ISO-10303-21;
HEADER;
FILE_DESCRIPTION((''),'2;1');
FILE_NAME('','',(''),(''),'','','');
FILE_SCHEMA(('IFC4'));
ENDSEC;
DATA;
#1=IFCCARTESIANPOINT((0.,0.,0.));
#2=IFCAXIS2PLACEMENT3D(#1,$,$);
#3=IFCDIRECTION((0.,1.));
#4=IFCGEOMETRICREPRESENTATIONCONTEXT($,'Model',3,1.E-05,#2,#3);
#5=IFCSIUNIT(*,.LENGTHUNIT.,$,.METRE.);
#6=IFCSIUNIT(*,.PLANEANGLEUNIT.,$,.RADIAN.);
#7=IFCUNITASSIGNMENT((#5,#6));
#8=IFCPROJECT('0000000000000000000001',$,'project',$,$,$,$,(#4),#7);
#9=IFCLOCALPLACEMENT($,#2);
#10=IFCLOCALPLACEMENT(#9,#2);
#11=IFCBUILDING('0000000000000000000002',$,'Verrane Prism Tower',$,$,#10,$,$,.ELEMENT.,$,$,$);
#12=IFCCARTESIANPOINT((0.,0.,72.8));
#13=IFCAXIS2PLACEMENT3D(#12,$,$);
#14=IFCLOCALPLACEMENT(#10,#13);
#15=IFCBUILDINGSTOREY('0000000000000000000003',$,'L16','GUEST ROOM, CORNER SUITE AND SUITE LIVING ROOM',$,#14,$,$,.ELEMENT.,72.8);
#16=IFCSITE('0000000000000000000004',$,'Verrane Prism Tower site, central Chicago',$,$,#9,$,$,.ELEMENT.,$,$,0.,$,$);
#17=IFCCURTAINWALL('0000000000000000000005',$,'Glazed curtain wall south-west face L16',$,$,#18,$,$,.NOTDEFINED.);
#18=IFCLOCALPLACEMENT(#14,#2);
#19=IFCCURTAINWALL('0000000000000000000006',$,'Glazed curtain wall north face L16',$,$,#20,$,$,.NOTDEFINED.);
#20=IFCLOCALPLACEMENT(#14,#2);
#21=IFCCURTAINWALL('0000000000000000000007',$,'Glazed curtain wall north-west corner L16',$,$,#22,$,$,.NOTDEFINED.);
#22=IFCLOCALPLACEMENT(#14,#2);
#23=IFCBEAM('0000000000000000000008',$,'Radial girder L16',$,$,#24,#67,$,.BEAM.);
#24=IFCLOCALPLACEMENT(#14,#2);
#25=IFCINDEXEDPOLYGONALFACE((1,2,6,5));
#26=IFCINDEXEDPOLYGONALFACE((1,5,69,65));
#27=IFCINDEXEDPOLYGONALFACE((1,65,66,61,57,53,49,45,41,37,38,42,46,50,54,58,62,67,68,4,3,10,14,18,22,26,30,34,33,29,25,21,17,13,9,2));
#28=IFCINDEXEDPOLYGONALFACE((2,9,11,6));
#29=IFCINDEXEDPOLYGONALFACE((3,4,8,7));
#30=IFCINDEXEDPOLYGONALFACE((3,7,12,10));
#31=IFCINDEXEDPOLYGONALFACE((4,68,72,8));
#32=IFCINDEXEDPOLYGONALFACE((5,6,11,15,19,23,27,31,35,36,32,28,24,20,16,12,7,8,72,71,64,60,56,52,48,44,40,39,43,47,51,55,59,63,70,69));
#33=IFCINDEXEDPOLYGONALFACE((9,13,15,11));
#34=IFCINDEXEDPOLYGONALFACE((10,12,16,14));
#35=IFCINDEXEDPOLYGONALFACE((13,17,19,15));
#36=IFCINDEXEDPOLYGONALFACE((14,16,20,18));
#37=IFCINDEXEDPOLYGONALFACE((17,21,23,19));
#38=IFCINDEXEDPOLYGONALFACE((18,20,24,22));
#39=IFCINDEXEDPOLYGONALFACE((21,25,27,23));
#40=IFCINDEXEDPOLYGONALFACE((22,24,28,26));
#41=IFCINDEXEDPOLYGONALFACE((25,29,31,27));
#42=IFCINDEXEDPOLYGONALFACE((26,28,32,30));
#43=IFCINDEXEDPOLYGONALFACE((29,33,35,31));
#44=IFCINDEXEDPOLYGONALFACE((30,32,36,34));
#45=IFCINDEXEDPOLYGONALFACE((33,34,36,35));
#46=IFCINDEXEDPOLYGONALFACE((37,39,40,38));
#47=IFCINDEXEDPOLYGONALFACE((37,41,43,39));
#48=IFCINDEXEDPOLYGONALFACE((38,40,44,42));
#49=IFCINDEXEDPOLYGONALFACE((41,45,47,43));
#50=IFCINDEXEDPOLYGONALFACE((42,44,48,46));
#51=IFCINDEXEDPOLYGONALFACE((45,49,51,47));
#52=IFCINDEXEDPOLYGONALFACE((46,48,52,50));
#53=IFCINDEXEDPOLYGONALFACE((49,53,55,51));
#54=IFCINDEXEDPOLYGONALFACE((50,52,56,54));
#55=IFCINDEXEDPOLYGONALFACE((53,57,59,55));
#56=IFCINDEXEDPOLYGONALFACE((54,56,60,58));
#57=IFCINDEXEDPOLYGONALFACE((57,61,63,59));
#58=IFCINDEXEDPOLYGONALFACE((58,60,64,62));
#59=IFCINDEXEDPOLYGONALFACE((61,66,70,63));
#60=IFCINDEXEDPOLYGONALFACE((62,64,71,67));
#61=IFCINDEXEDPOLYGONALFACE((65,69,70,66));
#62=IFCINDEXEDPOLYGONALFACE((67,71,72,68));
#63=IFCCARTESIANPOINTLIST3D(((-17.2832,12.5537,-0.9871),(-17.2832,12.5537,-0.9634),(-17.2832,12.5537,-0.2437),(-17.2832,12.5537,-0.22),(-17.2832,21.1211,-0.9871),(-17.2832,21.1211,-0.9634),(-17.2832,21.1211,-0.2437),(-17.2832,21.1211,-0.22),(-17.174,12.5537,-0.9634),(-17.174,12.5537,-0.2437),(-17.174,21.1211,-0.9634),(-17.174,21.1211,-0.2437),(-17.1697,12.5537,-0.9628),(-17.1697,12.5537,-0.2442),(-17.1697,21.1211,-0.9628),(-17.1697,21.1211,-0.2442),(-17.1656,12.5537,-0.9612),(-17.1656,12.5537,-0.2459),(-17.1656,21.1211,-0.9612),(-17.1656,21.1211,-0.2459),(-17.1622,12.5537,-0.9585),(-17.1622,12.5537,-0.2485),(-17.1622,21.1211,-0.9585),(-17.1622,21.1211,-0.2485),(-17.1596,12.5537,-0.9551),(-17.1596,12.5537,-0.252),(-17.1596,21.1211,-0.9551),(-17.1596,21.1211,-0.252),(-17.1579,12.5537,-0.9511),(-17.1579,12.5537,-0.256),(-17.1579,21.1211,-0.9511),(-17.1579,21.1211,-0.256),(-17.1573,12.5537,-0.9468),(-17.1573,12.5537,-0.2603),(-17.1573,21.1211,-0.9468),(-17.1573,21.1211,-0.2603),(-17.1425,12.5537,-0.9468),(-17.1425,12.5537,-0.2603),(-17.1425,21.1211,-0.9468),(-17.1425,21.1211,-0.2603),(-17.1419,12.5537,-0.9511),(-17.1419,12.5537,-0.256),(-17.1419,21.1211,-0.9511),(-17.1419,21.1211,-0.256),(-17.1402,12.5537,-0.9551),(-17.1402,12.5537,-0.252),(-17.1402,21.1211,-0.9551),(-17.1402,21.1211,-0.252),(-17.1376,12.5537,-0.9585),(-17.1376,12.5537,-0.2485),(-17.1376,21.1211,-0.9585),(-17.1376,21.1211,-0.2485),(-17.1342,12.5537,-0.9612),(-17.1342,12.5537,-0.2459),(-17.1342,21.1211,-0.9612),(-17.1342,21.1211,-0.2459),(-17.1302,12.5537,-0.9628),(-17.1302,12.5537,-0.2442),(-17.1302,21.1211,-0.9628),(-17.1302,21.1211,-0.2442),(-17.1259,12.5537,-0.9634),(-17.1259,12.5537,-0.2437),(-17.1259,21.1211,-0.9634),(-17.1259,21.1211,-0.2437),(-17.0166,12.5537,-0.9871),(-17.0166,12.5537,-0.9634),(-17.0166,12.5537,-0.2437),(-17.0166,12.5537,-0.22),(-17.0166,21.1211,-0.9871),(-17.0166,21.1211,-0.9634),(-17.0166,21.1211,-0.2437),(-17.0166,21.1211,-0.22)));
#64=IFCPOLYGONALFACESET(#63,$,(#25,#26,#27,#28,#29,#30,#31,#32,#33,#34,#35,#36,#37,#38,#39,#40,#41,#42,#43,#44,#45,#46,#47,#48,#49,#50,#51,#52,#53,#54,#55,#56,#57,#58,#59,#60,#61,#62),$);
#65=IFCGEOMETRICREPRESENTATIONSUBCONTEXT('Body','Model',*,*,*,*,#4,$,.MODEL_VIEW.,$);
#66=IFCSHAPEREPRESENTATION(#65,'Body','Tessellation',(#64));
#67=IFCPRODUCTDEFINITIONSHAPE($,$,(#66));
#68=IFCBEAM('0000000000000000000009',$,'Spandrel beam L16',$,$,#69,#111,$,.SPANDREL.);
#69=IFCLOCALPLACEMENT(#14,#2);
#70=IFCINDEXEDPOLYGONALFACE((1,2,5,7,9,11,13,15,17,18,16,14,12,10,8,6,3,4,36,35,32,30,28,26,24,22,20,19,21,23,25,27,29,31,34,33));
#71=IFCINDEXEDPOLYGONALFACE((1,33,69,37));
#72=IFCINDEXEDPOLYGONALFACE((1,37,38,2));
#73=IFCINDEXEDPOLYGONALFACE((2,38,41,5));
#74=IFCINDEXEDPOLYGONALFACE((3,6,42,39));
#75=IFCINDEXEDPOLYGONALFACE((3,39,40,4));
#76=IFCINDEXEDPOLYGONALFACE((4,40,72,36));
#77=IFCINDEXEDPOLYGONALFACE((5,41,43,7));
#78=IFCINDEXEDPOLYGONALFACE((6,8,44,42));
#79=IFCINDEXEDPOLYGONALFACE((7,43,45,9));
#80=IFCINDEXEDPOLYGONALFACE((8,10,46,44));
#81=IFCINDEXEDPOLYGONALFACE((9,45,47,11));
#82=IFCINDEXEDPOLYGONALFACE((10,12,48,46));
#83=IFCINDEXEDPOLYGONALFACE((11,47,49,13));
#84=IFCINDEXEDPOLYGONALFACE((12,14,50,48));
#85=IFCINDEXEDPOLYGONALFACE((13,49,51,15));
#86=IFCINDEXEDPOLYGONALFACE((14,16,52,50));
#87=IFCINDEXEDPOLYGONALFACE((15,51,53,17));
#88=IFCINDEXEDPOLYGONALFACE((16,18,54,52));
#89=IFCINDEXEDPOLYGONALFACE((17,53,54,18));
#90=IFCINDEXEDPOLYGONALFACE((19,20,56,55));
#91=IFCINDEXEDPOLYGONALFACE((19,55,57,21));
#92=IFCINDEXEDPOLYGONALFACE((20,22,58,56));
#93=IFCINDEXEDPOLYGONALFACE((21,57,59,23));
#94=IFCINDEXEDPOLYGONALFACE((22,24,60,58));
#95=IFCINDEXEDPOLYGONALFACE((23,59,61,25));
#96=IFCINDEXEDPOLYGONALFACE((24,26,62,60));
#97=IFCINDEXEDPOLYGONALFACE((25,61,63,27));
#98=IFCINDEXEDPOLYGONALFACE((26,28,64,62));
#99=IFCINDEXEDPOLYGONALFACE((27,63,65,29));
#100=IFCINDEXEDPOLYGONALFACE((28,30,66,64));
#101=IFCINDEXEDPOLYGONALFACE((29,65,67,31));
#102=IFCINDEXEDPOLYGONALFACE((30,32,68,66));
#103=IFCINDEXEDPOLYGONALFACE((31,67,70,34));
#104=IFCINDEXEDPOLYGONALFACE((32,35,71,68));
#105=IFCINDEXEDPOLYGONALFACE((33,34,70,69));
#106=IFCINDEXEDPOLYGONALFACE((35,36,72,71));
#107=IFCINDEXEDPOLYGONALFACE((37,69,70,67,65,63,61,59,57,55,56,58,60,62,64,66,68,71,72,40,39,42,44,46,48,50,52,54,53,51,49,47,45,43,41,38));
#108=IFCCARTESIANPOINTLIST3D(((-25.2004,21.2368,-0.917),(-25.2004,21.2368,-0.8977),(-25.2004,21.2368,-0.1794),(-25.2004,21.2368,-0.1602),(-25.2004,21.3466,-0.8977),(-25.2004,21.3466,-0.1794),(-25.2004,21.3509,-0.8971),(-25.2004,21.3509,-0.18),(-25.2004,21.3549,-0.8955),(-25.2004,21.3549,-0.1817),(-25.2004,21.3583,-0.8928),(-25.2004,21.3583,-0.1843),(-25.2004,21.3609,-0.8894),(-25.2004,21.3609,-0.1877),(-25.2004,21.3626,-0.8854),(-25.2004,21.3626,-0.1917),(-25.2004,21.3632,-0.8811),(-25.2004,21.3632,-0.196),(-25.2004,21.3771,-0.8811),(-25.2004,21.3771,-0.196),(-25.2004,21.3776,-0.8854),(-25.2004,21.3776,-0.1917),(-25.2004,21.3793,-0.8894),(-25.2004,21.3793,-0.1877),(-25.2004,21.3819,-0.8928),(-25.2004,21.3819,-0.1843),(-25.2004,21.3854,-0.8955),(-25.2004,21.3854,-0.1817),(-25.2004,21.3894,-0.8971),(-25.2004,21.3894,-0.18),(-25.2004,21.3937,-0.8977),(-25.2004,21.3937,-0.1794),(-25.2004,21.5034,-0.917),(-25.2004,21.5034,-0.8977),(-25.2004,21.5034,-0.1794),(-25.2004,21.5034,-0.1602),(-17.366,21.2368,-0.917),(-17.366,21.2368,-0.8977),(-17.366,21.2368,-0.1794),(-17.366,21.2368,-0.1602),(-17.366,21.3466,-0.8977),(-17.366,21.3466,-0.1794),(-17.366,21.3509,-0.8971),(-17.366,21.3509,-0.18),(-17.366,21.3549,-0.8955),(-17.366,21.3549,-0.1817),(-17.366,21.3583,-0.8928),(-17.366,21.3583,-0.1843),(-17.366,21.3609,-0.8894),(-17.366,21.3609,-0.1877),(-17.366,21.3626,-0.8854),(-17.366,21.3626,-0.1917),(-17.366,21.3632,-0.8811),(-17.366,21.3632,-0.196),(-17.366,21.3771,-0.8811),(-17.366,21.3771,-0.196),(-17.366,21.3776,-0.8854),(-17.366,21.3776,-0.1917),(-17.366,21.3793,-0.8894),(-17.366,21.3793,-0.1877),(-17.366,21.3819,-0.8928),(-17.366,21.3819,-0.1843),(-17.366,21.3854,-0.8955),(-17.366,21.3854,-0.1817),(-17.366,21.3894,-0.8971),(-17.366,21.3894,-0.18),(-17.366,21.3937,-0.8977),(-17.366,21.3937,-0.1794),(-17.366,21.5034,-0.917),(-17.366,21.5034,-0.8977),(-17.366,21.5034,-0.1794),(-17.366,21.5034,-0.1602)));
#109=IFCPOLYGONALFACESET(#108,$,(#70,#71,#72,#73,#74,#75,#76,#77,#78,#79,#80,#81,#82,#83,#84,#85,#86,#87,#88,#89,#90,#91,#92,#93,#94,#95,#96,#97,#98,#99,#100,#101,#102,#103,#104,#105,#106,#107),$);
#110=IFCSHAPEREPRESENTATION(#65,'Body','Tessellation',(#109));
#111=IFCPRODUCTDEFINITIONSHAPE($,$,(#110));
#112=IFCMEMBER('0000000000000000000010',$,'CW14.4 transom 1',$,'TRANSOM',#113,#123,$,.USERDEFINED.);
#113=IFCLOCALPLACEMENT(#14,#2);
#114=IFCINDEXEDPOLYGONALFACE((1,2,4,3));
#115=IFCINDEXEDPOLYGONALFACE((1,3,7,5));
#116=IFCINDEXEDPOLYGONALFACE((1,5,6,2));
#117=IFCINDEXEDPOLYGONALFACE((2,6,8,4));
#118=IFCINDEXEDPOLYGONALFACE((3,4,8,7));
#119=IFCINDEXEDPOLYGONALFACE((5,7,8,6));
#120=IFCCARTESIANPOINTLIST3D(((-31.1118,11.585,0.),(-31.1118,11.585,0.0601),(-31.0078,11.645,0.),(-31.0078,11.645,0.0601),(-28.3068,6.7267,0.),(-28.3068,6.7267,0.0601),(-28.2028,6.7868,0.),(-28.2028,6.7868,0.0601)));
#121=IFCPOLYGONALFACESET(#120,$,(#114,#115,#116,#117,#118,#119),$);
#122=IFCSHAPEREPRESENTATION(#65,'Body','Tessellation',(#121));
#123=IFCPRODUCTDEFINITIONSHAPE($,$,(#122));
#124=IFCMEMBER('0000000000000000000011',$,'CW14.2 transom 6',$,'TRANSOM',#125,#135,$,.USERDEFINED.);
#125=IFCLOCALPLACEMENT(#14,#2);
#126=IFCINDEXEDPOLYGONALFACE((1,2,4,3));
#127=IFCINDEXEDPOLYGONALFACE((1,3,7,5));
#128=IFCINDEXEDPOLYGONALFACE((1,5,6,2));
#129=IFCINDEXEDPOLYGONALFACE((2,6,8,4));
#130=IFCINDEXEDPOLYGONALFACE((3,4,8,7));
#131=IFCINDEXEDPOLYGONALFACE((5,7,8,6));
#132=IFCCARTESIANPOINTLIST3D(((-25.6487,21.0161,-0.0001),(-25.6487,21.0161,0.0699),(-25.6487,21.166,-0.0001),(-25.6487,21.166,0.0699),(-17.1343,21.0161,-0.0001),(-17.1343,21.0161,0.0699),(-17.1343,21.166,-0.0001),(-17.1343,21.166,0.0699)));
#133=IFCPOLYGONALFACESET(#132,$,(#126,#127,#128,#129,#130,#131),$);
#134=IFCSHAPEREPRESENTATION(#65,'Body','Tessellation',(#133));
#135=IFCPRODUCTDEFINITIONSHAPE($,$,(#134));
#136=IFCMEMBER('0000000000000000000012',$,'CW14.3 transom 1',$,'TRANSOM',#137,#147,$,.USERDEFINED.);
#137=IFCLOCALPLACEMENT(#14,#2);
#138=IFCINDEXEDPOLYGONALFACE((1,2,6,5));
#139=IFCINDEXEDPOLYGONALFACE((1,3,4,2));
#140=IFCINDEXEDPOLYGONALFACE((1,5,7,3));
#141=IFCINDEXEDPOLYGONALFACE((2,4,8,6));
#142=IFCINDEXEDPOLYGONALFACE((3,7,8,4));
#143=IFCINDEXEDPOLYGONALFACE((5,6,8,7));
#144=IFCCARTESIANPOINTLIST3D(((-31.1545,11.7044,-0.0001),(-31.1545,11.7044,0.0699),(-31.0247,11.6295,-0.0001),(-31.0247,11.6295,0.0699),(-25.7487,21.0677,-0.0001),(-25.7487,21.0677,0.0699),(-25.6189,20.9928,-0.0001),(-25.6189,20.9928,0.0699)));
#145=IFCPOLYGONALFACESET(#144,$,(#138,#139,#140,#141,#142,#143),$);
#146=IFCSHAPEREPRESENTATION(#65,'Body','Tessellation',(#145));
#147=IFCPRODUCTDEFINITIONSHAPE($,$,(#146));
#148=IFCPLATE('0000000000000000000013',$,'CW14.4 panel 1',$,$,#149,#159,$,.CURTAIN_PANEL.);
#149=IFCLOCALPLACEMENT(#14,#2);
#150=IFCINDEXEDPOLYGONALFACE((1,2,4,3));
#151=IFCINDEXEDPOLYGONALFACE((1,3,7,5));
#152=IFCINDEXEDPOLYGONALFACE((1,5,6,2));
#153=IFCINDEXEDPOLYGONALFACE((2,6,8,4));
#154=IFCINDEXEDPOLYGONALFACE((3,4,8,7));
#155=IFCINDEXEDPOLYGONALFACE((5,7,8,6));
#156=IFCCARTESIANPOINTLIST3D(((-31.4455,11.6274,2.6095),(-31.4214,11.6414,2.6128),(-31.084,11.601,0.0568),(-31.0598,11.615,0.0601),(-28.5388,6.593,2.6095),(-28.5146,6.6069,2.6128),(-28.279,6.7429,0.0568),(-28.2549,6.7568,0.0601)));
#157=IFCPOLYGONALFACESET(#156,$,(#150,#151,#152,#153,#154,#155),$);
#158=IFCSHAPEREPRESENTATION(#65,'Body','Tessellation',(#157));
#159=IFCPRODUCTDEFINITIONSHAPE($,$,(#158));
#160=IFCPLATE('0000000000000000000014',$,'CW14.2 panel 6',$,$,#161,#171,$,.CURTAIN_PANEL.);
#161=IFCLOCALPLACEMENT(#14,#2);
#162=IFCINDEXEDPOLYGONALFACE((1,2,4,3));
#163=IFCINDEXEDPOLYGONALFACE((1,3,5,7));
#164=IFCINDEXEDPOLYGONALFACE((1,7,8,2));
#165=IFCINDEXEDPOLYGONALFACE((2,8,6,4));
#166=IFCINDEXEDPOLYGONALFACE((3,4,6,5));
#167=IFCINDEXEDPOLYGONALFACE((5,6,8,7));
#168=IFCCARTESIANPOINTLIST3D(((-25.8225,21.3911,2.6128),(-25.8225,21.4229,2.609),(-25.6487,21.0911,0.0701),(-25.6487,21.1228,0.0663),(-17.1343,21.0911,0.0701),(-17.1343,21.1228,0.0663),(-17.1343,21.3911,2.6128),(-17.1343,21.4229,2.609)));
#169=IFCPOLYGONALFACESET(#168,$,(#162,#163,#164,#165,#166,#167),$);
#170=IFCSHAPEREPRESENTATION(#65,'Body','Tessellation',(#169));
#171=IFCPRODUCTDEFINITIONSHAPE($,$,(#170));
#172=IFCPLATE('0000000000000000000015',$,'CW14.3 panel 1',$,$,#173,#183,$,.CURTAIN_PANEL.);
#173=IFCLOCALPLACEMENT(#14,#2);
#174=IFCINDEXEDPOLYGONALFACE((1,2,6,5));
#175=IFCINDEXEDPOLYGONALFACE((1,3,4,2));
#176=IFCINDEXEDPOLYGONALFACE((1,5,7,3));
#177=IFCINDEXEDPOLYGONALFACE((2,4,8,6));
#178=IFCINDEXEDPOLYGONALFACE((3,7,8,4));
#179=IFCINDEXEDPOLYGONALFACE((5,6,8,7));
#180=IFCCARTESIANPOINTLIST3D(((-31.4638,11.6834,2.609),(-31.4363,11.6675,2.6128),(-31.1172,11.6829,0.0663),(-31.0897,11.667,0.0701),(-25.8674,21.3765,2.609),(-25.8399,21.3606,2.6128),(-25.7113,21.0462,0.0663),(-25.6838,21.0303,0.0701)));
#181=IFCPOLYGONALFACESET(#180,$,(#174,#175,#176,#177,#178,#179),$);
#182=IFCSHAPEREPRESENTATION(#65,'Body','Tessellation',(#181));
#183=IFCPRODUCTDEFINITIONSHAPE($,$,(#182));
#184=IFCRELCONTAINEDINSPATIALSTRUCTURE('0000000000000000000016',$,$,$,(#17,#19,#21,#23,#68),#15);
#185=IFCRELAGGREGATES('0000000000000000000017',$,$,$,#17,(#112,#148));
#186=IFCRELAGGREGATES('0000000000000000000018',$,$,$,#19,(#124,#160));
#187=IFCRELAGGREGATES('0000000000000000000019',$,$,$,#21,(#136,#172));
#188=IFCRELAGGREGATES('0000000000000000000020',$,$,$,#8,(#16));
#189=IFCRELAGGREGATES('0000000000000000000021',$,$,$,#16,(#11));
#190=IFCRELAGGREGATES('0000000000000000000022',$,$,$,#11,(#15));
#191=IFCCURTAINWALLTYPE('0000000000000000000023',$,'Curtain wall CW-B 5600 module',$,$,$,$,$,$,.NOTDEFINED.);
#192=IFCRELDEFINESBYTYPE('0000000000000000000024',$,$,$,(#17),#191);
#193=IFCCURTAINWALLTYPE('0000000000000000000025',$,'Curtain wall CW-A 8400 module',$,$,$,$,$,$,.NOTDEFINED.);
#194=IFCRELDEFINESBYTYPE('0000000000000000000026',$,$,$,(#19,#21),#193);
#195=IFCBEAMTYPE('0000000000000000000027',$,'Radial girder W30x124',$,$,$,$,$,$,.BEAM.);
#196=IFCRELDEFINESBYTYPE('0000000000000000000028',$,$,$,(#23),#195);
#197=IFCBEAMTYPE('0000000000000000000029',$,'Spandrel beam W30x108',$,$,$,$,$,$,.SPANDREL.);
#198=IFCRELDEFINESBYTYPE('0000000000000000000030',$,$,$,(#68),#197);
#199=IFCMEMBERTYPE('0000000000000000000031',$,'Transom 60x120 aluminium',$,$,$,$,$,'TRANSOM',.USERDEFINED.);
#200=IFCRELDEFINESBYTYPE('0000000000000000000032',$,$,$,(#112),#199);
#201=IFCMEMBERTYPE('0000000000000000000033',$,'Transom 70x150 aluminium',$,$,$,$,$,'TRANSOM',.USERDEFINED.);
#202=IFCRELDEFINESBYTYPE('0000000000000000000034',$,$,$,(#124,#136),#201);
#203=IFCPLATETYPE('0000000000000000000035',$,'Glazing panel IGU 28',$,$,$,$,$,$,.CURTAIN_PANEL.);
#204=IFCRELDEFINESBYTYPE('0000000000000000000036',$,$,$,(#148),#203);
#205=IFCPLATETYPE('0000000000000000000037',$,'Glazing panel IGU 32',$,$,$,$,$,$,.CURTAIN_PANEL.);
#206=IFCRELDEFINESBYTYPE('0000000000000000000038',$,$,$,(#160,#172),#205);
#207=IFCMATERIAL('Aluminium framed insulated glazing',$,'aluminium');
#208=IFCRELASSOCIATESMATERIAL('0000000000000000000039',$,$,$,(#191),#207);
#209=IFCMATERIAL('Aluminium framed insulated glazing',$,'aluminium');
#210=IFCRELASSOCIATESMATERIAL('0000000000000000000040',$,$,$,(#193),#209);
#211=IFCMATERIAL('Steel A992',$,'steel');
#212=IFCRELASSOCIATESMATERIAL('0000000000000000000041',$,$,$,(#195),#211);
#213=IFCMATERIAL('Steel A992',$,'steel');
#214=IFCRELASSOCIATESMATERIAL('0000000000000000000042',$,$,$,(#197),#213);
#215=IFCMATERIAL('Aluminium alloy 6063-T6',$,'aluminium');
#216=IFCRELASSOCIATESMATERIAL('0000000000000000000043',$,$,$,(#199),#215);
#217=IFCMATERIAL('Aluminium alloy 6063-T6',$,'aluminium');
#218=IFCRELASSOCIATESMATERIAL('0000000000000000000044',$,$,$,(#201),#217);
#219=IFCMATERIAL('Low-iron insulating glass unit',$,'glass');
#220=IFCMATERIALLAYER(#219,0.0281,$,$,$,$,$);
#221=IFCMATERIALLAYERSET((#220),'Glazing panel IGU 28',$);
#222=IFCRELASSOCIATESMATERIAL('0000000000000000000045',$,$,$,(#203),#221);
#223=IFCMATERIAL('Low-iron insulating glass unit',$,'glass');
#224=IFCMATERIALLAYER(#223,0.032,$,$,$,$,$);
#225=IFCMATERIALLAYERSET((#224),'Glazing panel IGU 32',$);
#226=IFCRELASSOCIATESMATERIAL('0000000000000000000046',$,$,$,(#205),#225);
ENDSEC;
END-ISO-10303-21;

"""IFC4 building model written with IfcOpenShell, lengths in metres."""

from ifc_helpers import new_model, si_unit, direction, frame, origin, origin_2d, place, context, subcontext, project, spatial, polyline, rectangle, i_section, outline, extrude, material, layer, layer_set, material_profile, profile_set, type_object, element, aggregate, save


model = new_model("IFC4")

# Units and contexts
model_context = context("Model", 3, precision=1e-05, world=origin(), true_north=direction((0.0, 1.0)))
body_context = subcontext(model_context, "Body", "Model", "MODEL_VIEW")
ifc_project = project(units=[si_unit("LENGTHUNIT", "METRE"), si_unit("PLANEANGLEUNIT", "RADIAN")], contexts=[model_context])

# Site, building, storey
site_placement = place(None, origin())
site = spatial("IfcSite", under=ifc_project, at=site_placement, Name="Verrane Prism Tower site, central Chicago", CompositionType="ELEMENT", RefElevation=0.0)
building_placement = place(site_placement, origin())
building = spatial("IfcBuilding", under=site, at=building_placement, Name="Verrane Prism Tower", CompositionType="ELEMENT")
storey_placement = place(building_placement, frame((0.0, 0.0, 72.8)))
storey = spatial("IfcBuildingStorey", under=building, at=storey_placement, Name="L16", Description="GUEST ROOM, CORNER SUITE AND SUITE LIVING ROOM", CompositionType="ELEMENT", Elevation=72.8)

# Curtain walls
ifc_material_1 = material(Name="Aluminium framed insulated glazing", Category="aluminium")
curtain_wall_type_1 = type_object("IfcCurtainWallType", Name="Curtain wall CW-B 5600 module", PredefinedType="NOTDEFINED", material=ifc_material_1)
curtain_wall_1_placement = place(storey_placement, origin())
curtain_wall_1 = element("IfcCurtainWall", 1, at=curtain_wall_1_placement, inside=storey, type_object=curtain_wall_type_1, Name="Glazed curtain wall south-west face L16", PredefinedType="NOTDEFINED")
ifc_material_2 = material(Name="Aluminium framed insulated glazing", Category="aluminium")
curtain_wall_type_2 = type_object("IfcCurtainWallType", Name="Curtain wall CW-A 8400 module", PredefinedType="NOTDEFINED", material=ifc_material_2)
curtain_wall_2_placement = place(storey_placement, origin())
curtain_wall_2 = element("IfcCurtainWall", 2, at=curtain_wall_2_placement, inside=storey, type_object=curtain_wall_type_2, Name="Glazed curtain wall north face L16", PredefinedType="NOTDEFINED")
curtain_wall_3_placement = place(storey_placement, origin())
curtain_wall_3 = element("IfcCurtainWall", 3, at=curtain_wall_3_placement, inside=storey, type_object=curtain_wall_type_2, Name="Glazed curtain wall north-west corner L16", PredefinedType="NOTDEFINED")

# Beams
ifc_material_3 = material(Name="Steel A992", Category="steel")
ifc_material_profile_1 = material_profile(ifc_material_3, i_section(OverallWidth=0.2666, OverallDepth=0.7671, WebThickness=0.0149, FlangeThickness=0.0237, FilletRadius=0.0166, at=origin_2d()), Name="W30x124")
ifc_profile_set_1 = profile_set([ifc_material_profile_1], Name="Steel A992")
beam_type_1 = type_object("IfcBeamType", Name="Radial girder W30x124", PredefinedType="BEAM", material=ifc_profile_set_1)
beam_1_placement = place(storey_placement, frame((-17.1499, 21.1211, -0.6035), z_axis=(0.0, -1.0, 0.0), x_axis=(1.0, 0.0, 0.0)))
element("IfcBeam", 4, at=beam_1_placement, inside=storey, type_object=beam_type_1, Name="Radial girder L16", PredefinedType="BEAM", context=body_context, shape_type="SweptSolid", body=[
    extrude(i_section(OverallWidth=0.2666, OverallDepth=0.7671, WebThickness=0.0149, FlangeThickness=0.0237, FilletRadius=0.0166, at=origin_2d()), origin(), (0.0, 0.0, 1.0), 8.5674),
])
ifc_material_4 = material(Name="Steel A992", Category="steel")
ifc_material_profile_2 = material_profile(ifc_material_4, i_section(OverallWidth=0.2666, OverallDepth=0.7568, WebThickness=0.0139, FlangeThickness=0.0193, FilletRadius=0.0166, at=origin_2d()), Name="W30x108")
ifc_profile_set_2 = profile_set([ifc_material_profile_2], Name="Steel A992")
beam_type_2 = type_object("IfcBeamType", Name="Spandrel beam W30x108", PredefinedType="SPANDREL", material=ifc_profile_set_2)
beam_2_placement = place(storey_placement, frame((-17.366, 21.3701, -0.5386), z_axis=(-1.0, 0.0, 0.0), x_axis=(0.0, -1.0, 0.0)))
element("IfcBeam", 5, at=beam_2_placement, inside=storey, type_object=beam_type_2, Name="Spandrel beam L16", PredefinedType="SPANDREL", context=body_context, shape_type="SweptSolid", body=[
    extrude(i_section(OverallWidth=0.2666, OverallDepth=0.7568, WebThickness=0.0139, FlangeThickness=0.0193, FilletRadius=0.0166, at=origin_2d()), origin(), (0.0, 0.0, 1.0), 7.8345),
])

# Members
ifc_material_5 = material(Name="Aluminium alloy 6063-T6", Category="aluminium")
ifc_material_profile_3 = material_profile(ifc_material_5, rectangle(XDim=0.1201, YDim=0.0601, at=origin_2d()), Name="Transom 60x120 aluminium")
ifc_profile_set_3 = profile_set([ifc_material_profile_3], Name="Aluminium alloy 6063-T6")
member_type_1 = type_object("IfcMemberType", Name="Transom 60x120 aluminium", ElementType="TRANSOM", PredefinedType="USERDEFINED", material=ifc_profile_set_3)
member_1_placement = place(storey_placement, frame((-31.0598, 11.615, 0.03), z_axis=(0.50001, -0.86602, 0.0), x_axis=(0.86602, 0.50001, 0.0)))
member_1 = element("IfcMember", 6, at=member_1_placement, type_object=member_type_1, Name="CW14.4 transom 1", ObjectType="TRANSOM", PredefinedType="USERDEFINED", context=body_context, shape_type="SweptSolid", body=[
    extrude(rectangle(XDim=0.1201, YDim=0.0601, at=origin_2d()), origin(), (0.0, 0.0, 1.0), 5.6099),
])
ifc_material_6 = material(Name="Aluminium alloy 6063-T6", Category="aluminium")
ifc_material_profile_4 = material_profile(ifc_material_6, rectangle(XDim=0.1499, YDim=0.0701, at=origin_2d()), Name="Transom 70x150 aluminium")
ifc_profile_set_4 = profile_set([ifc_material_profile_4], Name="Aluminium alloy 6063-T6")
member_type_2 = type_object("IfcMemberType", Name="Transom 70x150 aluminium", ElementType="TRANSOM", PredefinedType="USERDEFINED", material=ifc_profile_set_4)
member_2_placement = place(storey_placement, frame((-17.1343, 21.0911, 0.0349), z_axis=(-1.0, 0.0, 0.0), x_axis=(0.0, -1.0, 0.0)))
member_2 = element("IfcMember", 7, at=member_2_placement, type_object=member_type_2, Name="CW14.2 transom 6", ObjectType="TRANSOM", PredefinedType="USERDEFINED", context=body_context, shape_type="SweptSolid", body=[
    extrude(rectangle(XDim=0.1499, YDim=0.0701, at=origin_2d()), origin(), (0.0, 0.0, 1.0), 8.5144),
])
member_3_placement = place(storey_placement, frame((-25.6838, 21.0303, 0.0349), z_axis=(-0.499991, -0.866031, 0.0), x_axis=(0.866031, -0.499991, 0.0)))
member_3 = element("IfcMember", 8, at=member_3_placement, type_object=member_type_2, Name="CW14.3 transom 1", ObjectType="TRANSOM", PredefinedType="USERDEFINED", context=body_context, shape_type="SweptSolid", body=[
    extrude(rectangle(XDim=0.1499, YDim=0.0701, at=origin_2d()), origin(), (0.0, 0.0, 1.0), 10.8118),
])

# Plates
ifc_material_7 = material(Name="Low-iron insulating glass unit", Category="glass")
ifc_layer_1 = layer(ifc_material_7, 0.0281)
ifc_layer_set_1 = layer_set([ifc_layer_1], Name="Glazing panel IGU 28")
plate_type_1 = type_object("IfcPlateType", Name="Glazing panel IGU 28", PredefinedType="CURTAIN_PANEL", material=ifc_layer_set_1)
plate_1_placement = place(storey_placement, frame((-31.0598, 11.615, 0.0601), z_axis=(0.860102, 0.496596, 0.116691), x_axis=(0.500012, -0.866018, 0.0)))
plate_1 = element("IfcPlate", 9, at=plate_1_placement, type_object=plate_type_1, Name="CW14.4 panel 1", PredefinedType="CURTAIN_PANEL", context=body_context, shape_type="SweptSolid", body=[
    extrude(outline(polyline([(0.0, 0.0), (5.6098, 0.0), (5.6097, -2.5703), (-0.2036, -2.5703), (0.0, 0.0)])), origin(), (0.0, 0.0, -1.0), 0.0281),
])
aggregate(curtain_wall_1, [member_1, plate_1])
ifc_material_8 = material(Name="Low-iron insulating glass unit", Category="glass")
ifc_layer_2 = layer(ifc_material_8, 0.032)
ifc_layer_set_2 = layer_set([ifc_layer_2], Name="Glazing panel IGU 32")
plate_type_2 = type_object("IfcPlateType", Name="Glazing panel IGU 32", PredefinedType="CURTAIN_PANEL", material=ifc_layer_set_2)
plate_2_placement = place(storey_placement, frame((-17.1343, 21.0911, 0.0701), z_axis=(0.0, -0.99311, 0.11719), x_axis=(-1.0, 0.0, 0.0)))
plate_2 = element("IfcPlate", 10, at=plate_2_placement, type_object=plate_type_2, Name="CW14.2 panel 6", PredefinedType="CURTAIN_PANEL", context=body_context, shape_type="SweptSolid", body=[
    extrude(outline(polyline([(0.0, 0.0), (8.5144, 0.0), (8.6882, -2.5604), (0.0, -2.5604), (0.0, 0.0)])), origin(), (0.0, 0.0, -1.0), 0.032),
])
aggregate(curtain_wall_2, [member_2, plate_2])
plate_3_placement = place(storey_placement, frame((-25.6838, 21.0303, 0.0701), z_axis=(0.860046, -0.496547, 0.117314), x_axis=(-0.499999, -0.866026, -0.000001)))
plate_3 = element("IfcPlate", 11, at=plate_3_placement, type_object=plate_type_2, Name="CW14.3 panel 1", PredefinedType="CURTAIN_PANEL", context=body_context, shape_type="SweptSolid", body=[
    extrude(outline(polyline([(0.0, 0.0), (10.8117, 0.0), (10.9846, -2.5604), (-0.2081, -2.5604), (0.0, 0.0)])), origin(), (0.0, 0.0, -1.0), 0.032),
])
aggregate(curtain_wall_3, [member_3, plate_3])

save(model, "model.ifc")
